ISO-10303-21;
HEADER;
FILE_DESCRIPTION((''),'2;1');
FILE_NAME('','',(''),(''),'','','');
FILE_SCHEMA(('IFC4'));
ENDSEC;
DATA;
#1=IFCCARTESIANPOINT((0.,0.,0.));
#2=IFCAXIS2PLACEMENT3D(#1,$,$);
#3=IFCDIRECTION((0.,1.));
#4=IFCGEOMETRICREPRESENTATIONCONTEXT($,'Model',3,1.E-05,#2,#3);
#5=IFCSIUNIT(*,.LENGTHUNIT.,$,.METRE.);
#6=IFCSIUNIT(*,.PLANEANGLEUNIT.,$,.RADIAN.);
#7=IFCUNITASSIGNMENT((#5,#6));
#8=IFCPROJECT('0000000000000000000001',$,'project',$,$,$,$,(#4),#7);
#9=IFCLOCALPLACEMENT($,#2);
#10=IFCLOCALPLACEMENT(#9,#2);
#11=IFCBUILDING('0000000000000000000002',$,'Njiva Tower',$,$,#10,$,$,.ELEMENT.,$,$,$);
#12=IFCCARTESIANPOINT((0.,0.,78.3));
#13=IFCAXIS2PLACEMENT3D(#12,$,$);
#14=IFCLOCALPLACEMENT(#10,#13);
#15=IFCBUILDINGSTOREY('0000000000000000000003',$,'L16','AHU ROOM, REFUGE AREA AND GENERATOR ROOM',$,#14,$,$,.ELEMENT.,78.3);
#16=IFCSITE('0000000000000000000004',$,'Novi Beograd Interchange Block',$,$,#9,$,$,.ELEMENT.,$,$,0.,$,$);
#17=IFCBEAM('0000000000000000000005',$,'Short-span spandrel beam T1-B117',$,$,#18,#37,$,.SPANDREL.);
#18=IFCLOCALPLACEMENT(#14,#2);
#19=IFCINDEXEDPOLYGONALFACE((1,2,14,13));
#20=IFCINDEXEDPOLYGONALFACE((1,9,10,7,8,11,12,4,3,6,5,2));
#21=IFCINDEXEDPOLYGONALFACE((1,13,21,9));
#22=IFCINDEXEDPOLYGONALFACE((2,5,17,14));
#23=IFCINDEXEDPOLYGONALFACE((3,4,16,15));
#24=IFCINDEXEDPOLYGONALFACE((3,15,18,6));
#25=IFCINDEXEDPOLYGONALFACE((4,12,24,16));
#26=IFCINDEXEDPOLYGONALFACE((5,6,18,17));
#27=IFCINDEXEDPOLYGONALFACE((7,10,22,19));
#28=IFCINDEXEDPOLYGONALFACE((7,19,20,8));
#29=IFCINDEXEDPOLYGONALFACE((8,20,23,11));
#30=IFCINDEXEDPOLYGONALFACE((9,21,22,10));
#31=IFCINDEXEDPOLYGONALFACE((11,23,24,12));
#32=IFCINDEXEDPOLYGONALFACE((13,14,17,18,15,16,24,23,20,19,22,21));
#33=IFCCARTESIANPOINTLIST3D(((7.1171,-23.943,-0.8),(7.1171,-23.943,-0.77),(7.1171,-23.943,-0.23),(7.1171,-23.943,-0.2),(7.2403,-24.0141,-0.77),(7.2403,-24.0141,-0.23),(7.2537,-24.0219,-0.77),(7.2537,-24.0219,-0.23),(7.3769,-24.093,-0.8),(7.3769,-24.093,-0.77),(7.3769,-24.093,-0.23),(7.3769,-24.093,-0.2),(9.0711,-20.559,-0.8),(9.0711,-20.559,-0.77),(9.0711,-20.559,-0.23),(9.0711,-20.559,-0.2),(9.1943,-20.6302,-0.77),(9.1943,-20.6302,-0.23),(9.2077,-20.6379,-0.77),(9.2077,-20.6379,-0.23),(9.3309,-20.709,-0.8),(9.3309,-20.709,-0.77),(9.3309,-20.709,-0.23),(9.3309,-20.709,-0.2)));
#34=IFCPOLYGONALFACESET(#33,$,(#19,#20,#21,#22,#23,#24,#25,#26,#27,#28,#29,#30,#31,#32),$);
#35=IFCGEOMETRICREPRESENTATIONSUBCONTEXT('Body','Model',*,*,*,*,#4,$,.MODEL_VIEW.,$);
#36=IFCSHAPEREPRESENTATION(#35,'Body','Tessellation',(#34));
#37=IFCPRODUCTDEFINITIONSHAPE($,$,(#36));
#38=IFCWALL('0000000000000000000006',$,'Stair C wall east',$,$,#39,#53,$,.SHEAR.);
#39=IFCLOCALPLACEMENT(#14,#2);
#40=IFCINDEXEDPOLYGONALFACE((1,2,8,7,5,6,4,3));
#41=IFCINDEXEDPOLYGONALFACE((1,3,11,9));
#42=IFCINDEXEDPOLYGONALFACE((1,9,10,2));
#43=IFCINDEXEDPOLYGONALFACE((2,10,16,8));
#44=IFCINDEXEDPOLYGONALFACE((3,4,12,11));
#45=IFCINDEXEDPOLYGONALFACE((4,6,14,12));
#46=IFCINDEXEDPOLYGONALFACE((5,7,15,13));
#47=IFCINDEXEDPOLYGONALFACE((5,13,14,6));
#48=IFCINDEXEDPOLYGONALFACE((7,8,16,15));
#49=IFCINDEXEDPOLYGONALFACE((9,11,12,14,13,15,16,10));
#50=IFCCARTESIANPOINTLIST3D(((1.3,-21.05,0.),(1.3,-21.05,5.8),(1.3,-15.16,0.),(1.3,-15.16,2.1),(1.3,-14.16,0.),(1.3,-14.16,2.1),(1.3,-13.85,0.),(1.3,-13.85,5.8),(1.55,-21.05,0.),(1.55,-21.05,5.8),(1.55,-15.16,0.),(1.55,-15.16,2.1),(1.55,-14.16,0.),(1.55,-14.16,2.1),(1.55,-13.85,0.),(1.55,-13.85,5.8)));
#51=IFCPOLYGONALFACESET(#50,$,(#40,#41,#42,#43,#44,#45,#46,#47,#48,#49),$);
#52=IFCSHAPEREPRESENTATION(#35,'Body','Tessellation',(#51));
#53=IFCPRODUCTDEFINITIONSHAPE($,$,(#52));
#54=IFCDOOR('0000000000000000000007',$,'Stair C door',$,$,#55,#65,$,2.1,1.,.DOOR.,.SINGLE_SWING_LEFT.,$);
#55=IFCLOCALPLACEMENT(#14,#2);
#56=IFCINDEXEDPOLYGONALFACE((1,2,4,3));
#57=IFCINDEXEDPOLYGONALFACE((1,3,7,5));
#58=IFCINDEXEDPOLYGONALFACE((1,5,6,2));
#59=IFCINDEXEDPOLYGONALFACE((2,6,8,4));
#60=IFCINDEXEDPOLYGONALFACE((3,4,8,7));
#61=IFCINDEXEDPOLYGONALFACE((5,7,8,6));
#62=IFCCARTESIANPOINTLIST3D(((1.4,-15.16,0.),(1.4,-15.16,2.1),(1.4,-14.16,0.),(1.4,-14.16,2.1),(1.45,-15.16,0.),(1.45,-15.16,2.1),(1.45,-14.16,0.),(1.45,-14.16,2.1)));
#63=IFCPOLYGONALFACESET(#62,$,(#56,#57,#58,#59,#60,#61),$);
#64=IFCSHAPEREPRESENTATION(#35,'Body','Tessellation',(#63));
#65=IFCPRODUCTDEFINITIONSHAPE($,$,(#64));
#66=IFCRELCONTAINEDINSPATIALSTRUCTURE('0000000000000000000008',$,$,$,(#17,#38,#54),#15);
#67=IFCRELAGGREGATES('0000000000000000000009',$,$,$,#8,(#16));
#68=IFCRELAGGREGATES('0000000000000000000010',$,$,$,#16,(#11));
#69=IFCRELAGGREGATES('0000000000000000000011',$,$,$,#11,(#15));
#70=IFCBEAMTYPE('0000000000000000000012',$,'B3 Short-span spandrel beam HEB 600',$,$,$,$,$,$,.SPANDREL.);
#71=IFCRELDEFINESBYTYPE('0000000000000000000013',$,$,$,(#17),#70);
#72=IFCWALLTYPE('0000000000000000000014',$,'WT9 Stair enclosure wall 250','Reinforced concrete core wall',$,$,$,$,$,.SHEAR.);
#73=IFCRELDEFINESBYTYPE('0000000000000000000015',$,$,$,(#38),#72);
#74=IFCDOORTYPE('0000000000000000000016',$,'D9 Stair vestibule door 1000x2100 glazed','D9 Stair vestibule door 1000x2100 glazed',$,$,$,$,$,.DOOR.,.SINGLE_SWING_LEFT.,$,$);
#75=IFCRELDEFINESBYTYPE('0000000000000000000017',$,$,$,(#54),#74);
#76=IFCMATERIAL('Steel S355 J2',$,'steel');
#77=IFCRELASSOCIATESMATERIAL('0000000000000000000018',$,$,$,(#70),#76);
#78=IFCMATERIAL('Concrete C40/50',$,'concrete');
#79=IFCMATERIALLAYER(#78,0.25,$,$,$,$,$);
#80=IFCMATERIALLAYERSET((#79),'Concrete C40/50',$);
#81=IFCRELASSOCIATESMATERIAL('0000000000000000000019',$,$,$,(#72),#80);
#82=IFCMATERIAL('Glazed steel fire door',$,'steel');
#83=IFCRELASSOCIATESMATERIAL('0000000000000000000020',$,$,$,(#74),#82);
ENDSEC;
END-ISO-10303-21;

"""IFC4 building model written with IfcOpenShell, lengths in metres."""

from ifc_helpers import new_model, si_unit, direction, frame, frame_2d, origin, origin_2d, place, context, subcontext, project, spatial, rectangle, i_section, extrude, material, layer, layer_set, material_profile, profile_set, type_object, element, fill, save


model = new_model("IFC4")

# Units and contexts
model_context = context("Model", 3, precision=1e-05, world=origin(), true_north=direction((0.0, 1.0)))
body_context = subcontext(model_context, "Body", "Model", "MODEL_VIEW")
ifc_project = project(units=[si_unit("LENGTHUNIT", "METRE"), si_unit("PLANEANGLEUNIT", "RADIAN")], contexts=[model_context])

# Site, building, storey
site_placement = place(None, origin())
site = spatial("IfcSite", under=ifc_project, at=site_placement, Name="Novi Beograd Interchange Block", CompositionType="ELEMENT", RefElevation=0.0)
building_placement = place(site_placement, origin())
building = spatial("IfcBuilding", under=site, at=building_placement, Name="Njiva Tower", CompositionType="ELEMENT")
storey_placement = place(building_placement, frame((0.0, 0.0, 78.3)))
storey = spatial("IfcBuildingStorey", under=building, at=storey_placement, Name="L16", Description="AHU ROOM, REFUGE AREA AND GENERATOR ROOM", CompositionType="ELEMENT", Elevation=78.3)

# Shared definitions
ifc_material_1 = material(Name="Steel S355 J2", Category="steel")

# Beam
ifc_material_profile_1 = material_profile(ifc_material_1, i_section(OverallWidth=0.3, OverallDepth=0.6, WebThickness=0.0155, FlangeThickness=0.03, at=origin_2d()), Name="HEB 600")
ifc_profile_set_1 = profile_set([ifc_material_profile_1], Name="Steel S355 J2")
beam_type_1 = type_object("IfcBeamType", Name="B3 Short-span spandrel beam HEB 600", PredefinedType="SPANDREL", material=ifc_profile_set_1)
beam_1_placement = place(storey_placement, frame((7.247, -24.018, -0.5), z_axis=(0.500047, 0.865998, 0.0), x_axis=(-0.865998, 0.500047, 0.0)))
element("IfcBeam", 1, at=beam_1_placement, inside=storey, type_object=beam_type_1, Name="Short-span spandrel beam T1-B117", PredefinedType="SPANDREL", context=body_context, shape_type="SweptSolid", body=[
    extrude(i_section(OverallWidth=0.3, OverallDepth=0.6, WebThickness=0.0155, FlangeThickness=0.03, at=origin_2d()), origin(), (0.0, 0.0, 1.0), 3.9076),
])

# Wall, opening, door
ifc_material_2 = material(Name="Concrete C40/50", Category="concrete")
ifc_layer = layer(ifc_material_2, 0.25)
ifc_layer_set = layer_set([ifc_layer], Name="Concrete C40/50")
wall_type = type_object("IfcWallType", Name="WT9 Stair enclosure wall 250", Description="Reinforced concrete core wall", PredefinedType="SHEAR", material=ifc_layer_set)
wall_placement = place(storey_placement, frame((1.425, -21.05, 0.0), z_axis=(0.0, 0.0, 1.0), x_axis=(0.0, 1.0, 0.0)))
wall = element("IfcWall", 2, at=wall_placement, inside=storey, type_object=wall_type, Name="Stair C wall east", PredefinedType="SHEAR", context=body_context, shape_type="SweptSolid", body=[
    extrude(rectangle(XDim=7.2, YDim=0.25, at=frame_2d((3.6, 0.0))), origin(), (0.0, 0.0, 1.0), 5.8),
])
opening_placement = place(wall_placement, frame((5.89, 0.0, 0.0)))
opening = element("IfcOpeningElement", 3, at=opening_placement, cuts=wall, PredefinedType="OPENING", context=body_context, shape_type="SweptSolid", body=[
    extrude(rectangle(XDim=1.0, YDim=2.1, at=frame_2d((0.5, 1.05))), frame((0.0, 0.135, 0.0), z_axis=(0.0, -1.0, 0.0), x_axis=(1.0, 0.0, 0.0)), (0.0, 0.0, 1.0), 0.27),
])
ifc_material_3 = material(Name="Glazed steel fire door", Category="steel")
door_type = type_object("IfcDoorType", Name="D9 Stair vestibule door 1000x2100 glazed", Description="D9 Stair vestibule door 1000x2100 glazed", OperationType="SINGLE_SWING_LEFT", PredefinedType="DOOR", material=ifc_material_3)
door_placement = place(opening_placement, origin())
door = element("IfcDoor", 4, at=door_placement, inside=storey, type_object=door_type, Name="Stair C door", OperationType="SINGLE_SWING_LEFT", OverallHeight=2.1, OverallWidth=1.0, PredefinedType="DOOR", context=body_context, shape_type="SweptSolid", body=[
    extrude(rectangle(XDim=1.0, YDim=2.1, at=frame_2d((0.5, 1.05))), frame((0.0, 0.025, 0.0), z_axis=(0.0, -1.0, 0.0), x_axis=(1.0, 0.0, 0.0)), (0.0, 0.0, 1.0), 0.05),
])
fill(opening, door)

save(model, "model.ifc")
